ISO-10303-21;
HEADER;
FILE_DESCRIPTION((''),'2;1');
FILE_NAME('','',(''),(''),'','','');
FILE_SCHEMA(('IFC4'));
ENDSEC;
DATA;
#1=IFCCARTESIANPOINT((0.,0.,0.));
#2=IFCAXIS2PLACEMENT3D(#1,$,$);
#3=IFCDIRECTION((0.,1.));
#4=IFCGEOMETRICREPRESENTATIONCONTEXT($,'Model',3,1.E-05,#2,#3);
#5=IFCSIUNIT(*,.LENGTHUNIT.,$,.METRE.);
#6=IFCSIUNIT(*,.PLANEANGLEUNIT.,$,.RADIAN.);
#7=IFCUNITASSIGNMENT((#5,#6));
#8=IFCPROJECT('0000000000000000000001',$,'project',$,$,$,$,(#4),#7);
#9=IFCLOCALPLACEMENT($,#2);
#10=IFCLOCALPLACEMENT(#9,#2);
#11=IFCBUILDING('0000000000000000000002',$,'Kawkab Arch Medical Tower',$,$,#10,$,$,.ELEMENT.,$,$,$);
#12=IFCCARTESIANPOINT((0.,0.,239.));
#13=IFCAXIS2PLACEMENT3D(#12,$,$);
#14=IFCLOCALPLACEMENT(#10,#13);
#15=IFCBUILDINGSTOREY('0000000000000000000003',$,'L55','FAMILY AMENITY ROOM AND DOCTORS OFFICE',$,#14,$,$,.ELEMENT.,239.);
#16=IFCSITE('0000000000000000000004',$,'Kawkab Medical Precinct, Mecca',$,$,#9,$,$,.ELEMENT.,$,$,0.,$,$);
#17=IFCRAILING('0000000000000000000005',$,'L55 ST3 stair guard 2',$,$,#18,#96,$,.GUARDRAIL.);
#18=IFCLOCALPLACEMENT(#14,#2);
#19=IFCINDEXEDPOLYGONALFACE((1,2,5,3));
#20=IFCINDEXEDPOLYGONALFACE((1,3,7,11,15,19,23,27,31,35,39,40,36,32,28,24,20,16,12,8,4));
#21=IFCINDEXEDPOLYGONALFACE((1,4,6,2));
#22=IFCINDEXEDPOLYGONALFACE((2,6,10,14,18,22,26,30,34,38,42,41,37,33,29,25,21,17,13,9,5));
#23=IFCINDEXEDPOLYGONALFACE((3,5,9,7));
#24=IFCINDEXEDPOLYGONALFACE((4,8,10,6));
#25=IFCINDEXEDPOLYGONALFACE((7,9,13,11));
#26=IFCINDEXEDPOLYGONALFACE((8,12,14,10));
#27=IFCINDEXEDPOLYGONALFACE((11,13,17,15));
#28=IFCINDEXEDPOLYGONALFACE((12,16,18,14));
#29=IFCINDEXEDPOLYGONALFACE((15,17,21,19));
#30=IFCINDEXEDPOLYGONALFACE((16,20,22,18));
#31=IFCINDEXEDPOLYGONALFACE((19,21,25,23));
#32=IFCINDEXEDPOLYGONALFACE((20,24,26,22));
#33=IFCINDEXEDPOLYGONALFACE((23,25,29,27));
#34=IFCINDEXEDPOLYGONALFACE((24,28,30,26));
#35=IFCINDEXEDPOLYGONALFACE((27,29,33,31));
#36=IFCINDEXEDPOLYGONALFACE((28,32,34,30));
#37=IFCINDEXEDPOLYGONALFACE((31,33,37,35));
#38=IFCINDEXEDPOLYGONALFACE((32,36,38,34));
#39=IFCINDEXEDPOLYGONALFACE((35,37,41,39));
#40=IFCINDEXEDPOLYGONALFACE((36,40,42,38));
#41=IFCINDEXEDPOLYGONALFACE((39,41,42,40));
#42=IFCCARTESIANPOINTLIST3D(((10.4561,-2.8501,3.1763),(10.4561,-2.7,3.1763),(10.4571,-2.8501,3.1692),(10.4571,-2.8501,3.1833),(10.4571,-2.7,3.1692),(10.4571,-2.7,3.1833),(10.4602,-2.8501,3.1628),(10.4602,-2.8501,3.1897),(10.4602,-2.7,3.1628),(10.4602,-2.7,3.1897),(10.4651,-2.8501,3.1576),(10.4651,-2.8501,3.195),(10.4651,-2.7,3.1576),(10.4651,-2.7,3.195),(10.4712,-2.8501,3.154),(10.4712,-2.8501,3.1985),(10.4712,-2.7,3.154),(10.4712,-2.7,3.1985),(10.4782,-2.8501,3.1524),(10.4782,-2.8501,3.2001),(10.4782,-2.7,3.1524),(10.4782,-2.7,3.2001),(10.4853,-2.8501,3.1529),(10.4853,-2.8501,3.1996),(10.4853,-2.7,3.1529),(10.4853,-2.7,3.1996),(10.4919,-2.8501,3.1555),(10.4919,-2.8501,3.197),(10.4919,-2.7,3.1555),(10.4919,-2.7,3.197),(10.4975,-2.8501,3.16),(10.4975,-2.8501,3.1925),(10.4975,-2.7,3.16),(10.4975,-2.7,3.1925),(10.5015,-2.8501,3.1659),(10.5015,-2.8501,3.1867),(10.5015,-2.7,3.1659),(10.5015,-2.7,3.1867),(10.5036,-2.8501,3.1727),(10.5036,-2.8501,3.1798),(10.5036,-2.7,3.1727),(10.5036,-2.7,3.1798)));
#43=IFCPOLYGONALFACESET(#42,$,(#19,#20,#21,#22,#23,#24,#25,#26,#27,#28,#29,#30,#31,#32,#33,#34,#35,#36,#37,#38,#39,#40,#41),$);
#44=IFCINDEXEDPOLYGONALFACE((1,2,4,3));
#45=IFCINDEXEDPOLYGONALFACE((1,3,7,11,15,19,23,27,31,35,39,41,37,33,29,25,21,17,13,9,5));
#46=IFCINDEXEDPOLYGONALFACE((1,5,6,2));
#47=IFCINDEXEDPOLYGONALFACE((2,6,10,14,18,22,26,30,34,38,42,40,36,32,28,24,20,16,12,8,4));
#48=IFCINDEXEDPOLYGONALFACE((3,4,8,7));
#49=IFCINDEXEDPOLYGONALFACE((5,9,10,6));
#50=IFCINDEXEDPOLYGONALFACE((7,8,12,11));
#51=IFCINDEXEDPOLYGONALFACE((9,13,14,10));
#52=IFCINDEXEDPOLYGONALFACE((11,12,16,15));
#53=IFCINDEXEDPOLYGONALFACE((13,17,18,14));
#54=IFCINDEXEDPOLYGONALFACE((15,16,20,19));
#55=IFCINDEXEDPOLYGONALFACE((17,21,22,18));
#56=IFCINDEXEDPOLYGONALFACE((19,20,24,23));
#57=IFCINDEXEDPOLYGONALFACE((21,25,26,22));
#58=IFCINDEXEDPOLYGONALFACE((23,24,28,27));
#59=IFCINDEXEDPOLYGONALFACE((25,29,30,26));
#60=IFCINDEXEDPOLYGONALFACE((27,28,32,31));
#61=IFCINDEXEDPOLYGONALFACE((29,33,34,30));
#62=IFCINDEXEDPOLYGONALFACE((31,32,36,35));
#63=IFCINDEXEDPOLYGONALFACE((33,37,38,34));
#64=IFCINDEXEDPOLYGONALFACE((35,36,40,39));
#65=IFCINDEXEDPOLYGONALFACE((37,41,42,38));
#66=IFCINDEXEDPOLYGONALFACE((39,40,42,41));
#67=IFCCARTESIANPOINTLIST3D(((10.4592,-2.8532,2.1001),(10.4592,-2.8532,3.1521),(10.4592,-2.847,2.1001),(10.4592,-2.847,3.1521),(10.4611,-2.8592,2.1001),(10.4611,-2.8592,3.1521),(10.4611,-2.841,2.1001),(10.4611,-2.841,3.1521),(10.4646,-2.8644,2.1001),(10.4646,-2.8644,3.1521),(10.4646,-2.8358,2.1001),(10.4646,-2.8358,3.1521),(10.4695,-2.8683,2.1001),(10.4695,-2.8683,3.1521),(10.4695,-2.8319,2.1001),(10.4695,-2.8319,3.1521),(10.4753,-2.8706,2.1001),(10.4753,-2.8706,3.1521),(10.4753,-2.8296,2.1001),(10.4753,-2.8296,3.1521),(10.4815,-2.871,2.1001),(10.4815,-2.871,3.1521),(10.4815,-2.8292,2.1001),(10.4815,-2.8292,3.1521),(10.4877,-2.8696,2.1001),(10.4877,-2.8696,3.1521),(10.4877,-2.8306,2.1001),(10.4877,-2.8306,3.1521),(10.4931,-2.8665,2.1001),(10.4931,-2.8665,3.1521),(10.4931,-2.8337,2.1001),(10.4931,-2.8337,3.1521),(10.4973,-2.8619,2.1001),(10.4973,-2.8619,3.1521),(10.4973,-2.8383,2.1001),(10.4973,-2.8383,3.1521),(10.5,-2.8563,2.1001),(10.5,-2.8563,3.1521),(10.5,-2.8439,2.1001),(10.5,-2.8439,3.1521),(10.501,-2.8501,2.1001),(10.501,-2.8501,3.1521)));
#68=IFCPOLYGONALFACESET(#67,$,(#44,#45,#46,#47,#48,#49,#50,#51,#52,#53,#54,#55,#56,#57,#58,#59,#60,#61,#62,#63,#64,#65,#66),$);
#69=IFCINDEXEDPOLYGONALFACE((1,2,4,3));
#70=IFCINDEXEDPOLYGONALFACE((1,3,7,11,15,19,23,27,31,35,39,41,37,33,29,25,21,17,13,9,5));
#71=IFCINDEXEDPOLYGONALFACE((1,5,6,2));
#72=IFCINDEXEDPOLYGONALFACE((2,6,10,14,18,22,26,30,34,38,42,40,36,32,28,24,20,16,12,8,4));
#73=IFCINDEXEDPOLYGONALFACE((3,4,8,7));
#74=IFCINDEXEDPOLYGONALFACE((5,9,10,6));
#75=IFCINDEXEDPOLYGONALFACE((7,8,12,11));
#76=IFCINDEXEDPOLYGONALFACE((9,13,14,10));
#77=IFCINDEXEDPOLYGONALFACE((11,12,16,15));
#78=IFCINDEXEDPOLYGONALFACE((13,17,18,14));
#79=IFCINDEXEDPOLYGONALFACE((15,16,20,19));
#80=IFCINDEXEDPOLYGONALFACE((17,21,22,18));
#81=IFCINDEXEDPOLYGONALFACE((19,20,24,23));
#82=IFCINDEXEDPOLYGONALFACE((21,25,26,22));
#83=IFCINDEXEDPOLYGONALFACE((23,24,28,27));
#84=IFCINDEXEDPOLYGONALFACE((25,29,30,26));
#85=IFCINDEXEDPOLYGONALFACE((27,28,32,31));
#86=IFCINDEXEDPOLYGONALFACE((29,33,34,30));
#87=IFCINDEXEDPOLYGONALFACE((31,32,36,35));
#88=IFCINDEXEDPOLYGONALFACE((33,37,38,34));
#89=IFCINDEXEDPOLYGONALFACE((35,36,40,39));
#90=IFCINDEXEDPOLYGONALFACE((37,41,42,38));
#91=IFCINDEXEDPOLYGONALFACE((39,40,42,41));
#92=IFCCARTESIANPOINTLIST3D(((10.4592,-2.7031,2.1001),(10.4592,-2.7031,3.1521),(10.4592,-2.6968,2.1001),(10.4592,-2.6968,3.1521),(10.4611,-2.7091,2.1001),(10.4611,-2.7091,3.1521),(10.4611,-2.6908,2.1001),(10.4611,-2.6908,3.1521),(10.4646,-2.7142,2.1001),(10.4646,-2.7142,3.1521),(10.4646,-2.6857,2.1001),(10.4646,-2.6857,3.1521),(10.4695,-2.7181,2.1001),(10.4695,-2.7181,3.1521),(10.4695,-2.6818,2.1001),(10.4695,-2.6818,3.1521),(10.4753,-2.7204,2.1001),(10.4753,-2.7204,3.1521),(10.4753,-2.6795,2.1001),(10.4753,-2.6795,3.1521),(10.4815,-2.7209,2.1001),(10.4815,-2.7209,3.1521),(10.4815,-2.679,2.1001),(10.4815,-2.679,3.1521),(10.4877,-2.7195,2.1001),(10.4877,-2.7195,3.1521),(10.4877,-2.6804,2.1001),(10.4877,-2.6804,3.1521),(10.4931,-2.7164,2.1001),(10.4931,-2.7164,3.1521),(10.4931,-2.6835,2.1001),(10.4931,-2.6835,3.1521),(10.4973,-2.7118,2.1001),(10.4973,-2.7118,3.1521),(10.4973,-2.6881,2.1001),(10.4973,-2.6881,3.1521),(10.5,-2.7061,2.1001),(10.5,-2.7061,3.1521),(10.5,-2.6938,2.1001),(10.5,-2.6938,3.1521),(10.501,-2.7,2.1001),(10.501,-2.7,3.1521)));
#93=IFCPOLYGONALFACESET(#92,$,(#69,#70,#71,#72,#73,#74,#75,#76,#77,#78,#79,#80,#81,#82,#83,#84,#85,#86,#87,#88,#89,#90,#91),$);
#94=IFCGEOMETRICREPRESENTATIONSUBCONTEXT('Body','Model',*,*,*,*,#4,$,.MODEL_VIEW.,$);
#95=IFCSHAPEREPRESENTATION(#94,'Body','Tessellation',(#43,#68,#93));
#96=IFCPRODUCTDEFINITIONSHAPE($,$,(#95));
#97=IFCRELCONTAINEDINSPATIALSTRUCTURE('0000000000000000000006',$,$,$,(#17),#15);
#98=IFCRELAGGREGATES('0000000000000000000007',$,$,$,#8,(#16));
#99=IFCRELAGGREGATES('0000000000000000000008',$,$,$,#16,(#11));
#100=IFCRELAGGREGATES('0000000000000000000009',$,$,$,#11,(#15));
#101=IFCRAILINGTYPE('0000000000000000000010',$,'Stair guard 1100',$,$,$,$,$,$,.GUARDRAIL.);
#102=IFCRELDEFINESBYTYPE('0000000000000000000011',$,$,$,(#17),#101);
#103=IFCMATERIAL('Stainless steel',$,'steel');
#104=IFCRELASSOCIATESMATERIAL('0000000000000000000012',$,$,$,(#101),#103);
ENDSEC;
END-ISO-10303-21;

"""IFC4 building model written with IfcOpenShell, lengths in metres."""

from ifc_helpers import new_model, si_unit, direction, frame, origin, origin_2d, place, context, subcontext, project, spatial, circle, extrude, material, type_object, element, save


model = new_model("IFC4")

# Units and contexts
model_context = context("Model", 3, precision=1e-05, world=origin(), true_north=direction((0.0, 1.0)))
body_context = subcontext(model_context, "Body", "Model", "MODEL_VIEW")
ifc_project = project(units=[si_unit("LENGTHUNIT", "METRE"), si_unit("PLANEANGLEUNIT", "RADIAN")], contexts=[model_context])

# Site, building, storey
site_placement = place(None, origin())
site = spatial("IfcSite", under=ifc_project, at=site_placement, Name="Kawkab Medical Precinct, Mecca", CompositionType="ELEMENT", RefElevation=0.0)
building_placement = place(site_placement, origin())
building = spatial("IfcBuilding", under=site, at=building_placement, Name="Kawkab Arch Medical Tower", CompositionType="ELEMENT")
storey_placement = place(building_placement, frame((0.0, 0.0, 239.0)))
storey = spatial("IfcBuildingStorey", under=building, at=storey_placement, Name="L55", Description="FAMILY AMENITY ROOM AND DOCTORS OFFICE", CompositionType="ELEMENT", Elevation=239.0)

# Railing
ifc_material_1 = material(Name="Stainless steel", Category="steel")
railing_type_1 = type_object("IfcRailingType", Name="Stair guard 1100", PredefinedType="GUARDRAIL", material=ifc_material_1)
railing_1_placement = place(storey_placement, frame((10.48, -2.8501, 2.1001)))
element("IfcRailing", 1, at=railing_1_placement, inside=storey, type_object=railing_type_1, Name="L55 ST3 stair guard 2", PredefinedType="GUARDRAIL", context=body_context, shape_type="SweptSolid", body=[
    extrude(circle(Radius=0.0239, at=origin_2d()), frame((0.0, 0.0, 1.0762), z_axis=(0.0, 1.0, 0.0), x_axis=(-1.0, 0.0, 0.0)), (0.0, 0.0, 1.0), 0.1501),
    extrude(circle(Radius=0.021, at=origin_2d()), origin(), (0.0, 0.0, 1.0), 1.052),
    extrude(circle(Radius=0.021, at=origin_2d()), frame((0.0, 0.1501, 0.0)), (0.0, 0.0, 1.0), 1.052),
])

save(model, "model.ifc")
